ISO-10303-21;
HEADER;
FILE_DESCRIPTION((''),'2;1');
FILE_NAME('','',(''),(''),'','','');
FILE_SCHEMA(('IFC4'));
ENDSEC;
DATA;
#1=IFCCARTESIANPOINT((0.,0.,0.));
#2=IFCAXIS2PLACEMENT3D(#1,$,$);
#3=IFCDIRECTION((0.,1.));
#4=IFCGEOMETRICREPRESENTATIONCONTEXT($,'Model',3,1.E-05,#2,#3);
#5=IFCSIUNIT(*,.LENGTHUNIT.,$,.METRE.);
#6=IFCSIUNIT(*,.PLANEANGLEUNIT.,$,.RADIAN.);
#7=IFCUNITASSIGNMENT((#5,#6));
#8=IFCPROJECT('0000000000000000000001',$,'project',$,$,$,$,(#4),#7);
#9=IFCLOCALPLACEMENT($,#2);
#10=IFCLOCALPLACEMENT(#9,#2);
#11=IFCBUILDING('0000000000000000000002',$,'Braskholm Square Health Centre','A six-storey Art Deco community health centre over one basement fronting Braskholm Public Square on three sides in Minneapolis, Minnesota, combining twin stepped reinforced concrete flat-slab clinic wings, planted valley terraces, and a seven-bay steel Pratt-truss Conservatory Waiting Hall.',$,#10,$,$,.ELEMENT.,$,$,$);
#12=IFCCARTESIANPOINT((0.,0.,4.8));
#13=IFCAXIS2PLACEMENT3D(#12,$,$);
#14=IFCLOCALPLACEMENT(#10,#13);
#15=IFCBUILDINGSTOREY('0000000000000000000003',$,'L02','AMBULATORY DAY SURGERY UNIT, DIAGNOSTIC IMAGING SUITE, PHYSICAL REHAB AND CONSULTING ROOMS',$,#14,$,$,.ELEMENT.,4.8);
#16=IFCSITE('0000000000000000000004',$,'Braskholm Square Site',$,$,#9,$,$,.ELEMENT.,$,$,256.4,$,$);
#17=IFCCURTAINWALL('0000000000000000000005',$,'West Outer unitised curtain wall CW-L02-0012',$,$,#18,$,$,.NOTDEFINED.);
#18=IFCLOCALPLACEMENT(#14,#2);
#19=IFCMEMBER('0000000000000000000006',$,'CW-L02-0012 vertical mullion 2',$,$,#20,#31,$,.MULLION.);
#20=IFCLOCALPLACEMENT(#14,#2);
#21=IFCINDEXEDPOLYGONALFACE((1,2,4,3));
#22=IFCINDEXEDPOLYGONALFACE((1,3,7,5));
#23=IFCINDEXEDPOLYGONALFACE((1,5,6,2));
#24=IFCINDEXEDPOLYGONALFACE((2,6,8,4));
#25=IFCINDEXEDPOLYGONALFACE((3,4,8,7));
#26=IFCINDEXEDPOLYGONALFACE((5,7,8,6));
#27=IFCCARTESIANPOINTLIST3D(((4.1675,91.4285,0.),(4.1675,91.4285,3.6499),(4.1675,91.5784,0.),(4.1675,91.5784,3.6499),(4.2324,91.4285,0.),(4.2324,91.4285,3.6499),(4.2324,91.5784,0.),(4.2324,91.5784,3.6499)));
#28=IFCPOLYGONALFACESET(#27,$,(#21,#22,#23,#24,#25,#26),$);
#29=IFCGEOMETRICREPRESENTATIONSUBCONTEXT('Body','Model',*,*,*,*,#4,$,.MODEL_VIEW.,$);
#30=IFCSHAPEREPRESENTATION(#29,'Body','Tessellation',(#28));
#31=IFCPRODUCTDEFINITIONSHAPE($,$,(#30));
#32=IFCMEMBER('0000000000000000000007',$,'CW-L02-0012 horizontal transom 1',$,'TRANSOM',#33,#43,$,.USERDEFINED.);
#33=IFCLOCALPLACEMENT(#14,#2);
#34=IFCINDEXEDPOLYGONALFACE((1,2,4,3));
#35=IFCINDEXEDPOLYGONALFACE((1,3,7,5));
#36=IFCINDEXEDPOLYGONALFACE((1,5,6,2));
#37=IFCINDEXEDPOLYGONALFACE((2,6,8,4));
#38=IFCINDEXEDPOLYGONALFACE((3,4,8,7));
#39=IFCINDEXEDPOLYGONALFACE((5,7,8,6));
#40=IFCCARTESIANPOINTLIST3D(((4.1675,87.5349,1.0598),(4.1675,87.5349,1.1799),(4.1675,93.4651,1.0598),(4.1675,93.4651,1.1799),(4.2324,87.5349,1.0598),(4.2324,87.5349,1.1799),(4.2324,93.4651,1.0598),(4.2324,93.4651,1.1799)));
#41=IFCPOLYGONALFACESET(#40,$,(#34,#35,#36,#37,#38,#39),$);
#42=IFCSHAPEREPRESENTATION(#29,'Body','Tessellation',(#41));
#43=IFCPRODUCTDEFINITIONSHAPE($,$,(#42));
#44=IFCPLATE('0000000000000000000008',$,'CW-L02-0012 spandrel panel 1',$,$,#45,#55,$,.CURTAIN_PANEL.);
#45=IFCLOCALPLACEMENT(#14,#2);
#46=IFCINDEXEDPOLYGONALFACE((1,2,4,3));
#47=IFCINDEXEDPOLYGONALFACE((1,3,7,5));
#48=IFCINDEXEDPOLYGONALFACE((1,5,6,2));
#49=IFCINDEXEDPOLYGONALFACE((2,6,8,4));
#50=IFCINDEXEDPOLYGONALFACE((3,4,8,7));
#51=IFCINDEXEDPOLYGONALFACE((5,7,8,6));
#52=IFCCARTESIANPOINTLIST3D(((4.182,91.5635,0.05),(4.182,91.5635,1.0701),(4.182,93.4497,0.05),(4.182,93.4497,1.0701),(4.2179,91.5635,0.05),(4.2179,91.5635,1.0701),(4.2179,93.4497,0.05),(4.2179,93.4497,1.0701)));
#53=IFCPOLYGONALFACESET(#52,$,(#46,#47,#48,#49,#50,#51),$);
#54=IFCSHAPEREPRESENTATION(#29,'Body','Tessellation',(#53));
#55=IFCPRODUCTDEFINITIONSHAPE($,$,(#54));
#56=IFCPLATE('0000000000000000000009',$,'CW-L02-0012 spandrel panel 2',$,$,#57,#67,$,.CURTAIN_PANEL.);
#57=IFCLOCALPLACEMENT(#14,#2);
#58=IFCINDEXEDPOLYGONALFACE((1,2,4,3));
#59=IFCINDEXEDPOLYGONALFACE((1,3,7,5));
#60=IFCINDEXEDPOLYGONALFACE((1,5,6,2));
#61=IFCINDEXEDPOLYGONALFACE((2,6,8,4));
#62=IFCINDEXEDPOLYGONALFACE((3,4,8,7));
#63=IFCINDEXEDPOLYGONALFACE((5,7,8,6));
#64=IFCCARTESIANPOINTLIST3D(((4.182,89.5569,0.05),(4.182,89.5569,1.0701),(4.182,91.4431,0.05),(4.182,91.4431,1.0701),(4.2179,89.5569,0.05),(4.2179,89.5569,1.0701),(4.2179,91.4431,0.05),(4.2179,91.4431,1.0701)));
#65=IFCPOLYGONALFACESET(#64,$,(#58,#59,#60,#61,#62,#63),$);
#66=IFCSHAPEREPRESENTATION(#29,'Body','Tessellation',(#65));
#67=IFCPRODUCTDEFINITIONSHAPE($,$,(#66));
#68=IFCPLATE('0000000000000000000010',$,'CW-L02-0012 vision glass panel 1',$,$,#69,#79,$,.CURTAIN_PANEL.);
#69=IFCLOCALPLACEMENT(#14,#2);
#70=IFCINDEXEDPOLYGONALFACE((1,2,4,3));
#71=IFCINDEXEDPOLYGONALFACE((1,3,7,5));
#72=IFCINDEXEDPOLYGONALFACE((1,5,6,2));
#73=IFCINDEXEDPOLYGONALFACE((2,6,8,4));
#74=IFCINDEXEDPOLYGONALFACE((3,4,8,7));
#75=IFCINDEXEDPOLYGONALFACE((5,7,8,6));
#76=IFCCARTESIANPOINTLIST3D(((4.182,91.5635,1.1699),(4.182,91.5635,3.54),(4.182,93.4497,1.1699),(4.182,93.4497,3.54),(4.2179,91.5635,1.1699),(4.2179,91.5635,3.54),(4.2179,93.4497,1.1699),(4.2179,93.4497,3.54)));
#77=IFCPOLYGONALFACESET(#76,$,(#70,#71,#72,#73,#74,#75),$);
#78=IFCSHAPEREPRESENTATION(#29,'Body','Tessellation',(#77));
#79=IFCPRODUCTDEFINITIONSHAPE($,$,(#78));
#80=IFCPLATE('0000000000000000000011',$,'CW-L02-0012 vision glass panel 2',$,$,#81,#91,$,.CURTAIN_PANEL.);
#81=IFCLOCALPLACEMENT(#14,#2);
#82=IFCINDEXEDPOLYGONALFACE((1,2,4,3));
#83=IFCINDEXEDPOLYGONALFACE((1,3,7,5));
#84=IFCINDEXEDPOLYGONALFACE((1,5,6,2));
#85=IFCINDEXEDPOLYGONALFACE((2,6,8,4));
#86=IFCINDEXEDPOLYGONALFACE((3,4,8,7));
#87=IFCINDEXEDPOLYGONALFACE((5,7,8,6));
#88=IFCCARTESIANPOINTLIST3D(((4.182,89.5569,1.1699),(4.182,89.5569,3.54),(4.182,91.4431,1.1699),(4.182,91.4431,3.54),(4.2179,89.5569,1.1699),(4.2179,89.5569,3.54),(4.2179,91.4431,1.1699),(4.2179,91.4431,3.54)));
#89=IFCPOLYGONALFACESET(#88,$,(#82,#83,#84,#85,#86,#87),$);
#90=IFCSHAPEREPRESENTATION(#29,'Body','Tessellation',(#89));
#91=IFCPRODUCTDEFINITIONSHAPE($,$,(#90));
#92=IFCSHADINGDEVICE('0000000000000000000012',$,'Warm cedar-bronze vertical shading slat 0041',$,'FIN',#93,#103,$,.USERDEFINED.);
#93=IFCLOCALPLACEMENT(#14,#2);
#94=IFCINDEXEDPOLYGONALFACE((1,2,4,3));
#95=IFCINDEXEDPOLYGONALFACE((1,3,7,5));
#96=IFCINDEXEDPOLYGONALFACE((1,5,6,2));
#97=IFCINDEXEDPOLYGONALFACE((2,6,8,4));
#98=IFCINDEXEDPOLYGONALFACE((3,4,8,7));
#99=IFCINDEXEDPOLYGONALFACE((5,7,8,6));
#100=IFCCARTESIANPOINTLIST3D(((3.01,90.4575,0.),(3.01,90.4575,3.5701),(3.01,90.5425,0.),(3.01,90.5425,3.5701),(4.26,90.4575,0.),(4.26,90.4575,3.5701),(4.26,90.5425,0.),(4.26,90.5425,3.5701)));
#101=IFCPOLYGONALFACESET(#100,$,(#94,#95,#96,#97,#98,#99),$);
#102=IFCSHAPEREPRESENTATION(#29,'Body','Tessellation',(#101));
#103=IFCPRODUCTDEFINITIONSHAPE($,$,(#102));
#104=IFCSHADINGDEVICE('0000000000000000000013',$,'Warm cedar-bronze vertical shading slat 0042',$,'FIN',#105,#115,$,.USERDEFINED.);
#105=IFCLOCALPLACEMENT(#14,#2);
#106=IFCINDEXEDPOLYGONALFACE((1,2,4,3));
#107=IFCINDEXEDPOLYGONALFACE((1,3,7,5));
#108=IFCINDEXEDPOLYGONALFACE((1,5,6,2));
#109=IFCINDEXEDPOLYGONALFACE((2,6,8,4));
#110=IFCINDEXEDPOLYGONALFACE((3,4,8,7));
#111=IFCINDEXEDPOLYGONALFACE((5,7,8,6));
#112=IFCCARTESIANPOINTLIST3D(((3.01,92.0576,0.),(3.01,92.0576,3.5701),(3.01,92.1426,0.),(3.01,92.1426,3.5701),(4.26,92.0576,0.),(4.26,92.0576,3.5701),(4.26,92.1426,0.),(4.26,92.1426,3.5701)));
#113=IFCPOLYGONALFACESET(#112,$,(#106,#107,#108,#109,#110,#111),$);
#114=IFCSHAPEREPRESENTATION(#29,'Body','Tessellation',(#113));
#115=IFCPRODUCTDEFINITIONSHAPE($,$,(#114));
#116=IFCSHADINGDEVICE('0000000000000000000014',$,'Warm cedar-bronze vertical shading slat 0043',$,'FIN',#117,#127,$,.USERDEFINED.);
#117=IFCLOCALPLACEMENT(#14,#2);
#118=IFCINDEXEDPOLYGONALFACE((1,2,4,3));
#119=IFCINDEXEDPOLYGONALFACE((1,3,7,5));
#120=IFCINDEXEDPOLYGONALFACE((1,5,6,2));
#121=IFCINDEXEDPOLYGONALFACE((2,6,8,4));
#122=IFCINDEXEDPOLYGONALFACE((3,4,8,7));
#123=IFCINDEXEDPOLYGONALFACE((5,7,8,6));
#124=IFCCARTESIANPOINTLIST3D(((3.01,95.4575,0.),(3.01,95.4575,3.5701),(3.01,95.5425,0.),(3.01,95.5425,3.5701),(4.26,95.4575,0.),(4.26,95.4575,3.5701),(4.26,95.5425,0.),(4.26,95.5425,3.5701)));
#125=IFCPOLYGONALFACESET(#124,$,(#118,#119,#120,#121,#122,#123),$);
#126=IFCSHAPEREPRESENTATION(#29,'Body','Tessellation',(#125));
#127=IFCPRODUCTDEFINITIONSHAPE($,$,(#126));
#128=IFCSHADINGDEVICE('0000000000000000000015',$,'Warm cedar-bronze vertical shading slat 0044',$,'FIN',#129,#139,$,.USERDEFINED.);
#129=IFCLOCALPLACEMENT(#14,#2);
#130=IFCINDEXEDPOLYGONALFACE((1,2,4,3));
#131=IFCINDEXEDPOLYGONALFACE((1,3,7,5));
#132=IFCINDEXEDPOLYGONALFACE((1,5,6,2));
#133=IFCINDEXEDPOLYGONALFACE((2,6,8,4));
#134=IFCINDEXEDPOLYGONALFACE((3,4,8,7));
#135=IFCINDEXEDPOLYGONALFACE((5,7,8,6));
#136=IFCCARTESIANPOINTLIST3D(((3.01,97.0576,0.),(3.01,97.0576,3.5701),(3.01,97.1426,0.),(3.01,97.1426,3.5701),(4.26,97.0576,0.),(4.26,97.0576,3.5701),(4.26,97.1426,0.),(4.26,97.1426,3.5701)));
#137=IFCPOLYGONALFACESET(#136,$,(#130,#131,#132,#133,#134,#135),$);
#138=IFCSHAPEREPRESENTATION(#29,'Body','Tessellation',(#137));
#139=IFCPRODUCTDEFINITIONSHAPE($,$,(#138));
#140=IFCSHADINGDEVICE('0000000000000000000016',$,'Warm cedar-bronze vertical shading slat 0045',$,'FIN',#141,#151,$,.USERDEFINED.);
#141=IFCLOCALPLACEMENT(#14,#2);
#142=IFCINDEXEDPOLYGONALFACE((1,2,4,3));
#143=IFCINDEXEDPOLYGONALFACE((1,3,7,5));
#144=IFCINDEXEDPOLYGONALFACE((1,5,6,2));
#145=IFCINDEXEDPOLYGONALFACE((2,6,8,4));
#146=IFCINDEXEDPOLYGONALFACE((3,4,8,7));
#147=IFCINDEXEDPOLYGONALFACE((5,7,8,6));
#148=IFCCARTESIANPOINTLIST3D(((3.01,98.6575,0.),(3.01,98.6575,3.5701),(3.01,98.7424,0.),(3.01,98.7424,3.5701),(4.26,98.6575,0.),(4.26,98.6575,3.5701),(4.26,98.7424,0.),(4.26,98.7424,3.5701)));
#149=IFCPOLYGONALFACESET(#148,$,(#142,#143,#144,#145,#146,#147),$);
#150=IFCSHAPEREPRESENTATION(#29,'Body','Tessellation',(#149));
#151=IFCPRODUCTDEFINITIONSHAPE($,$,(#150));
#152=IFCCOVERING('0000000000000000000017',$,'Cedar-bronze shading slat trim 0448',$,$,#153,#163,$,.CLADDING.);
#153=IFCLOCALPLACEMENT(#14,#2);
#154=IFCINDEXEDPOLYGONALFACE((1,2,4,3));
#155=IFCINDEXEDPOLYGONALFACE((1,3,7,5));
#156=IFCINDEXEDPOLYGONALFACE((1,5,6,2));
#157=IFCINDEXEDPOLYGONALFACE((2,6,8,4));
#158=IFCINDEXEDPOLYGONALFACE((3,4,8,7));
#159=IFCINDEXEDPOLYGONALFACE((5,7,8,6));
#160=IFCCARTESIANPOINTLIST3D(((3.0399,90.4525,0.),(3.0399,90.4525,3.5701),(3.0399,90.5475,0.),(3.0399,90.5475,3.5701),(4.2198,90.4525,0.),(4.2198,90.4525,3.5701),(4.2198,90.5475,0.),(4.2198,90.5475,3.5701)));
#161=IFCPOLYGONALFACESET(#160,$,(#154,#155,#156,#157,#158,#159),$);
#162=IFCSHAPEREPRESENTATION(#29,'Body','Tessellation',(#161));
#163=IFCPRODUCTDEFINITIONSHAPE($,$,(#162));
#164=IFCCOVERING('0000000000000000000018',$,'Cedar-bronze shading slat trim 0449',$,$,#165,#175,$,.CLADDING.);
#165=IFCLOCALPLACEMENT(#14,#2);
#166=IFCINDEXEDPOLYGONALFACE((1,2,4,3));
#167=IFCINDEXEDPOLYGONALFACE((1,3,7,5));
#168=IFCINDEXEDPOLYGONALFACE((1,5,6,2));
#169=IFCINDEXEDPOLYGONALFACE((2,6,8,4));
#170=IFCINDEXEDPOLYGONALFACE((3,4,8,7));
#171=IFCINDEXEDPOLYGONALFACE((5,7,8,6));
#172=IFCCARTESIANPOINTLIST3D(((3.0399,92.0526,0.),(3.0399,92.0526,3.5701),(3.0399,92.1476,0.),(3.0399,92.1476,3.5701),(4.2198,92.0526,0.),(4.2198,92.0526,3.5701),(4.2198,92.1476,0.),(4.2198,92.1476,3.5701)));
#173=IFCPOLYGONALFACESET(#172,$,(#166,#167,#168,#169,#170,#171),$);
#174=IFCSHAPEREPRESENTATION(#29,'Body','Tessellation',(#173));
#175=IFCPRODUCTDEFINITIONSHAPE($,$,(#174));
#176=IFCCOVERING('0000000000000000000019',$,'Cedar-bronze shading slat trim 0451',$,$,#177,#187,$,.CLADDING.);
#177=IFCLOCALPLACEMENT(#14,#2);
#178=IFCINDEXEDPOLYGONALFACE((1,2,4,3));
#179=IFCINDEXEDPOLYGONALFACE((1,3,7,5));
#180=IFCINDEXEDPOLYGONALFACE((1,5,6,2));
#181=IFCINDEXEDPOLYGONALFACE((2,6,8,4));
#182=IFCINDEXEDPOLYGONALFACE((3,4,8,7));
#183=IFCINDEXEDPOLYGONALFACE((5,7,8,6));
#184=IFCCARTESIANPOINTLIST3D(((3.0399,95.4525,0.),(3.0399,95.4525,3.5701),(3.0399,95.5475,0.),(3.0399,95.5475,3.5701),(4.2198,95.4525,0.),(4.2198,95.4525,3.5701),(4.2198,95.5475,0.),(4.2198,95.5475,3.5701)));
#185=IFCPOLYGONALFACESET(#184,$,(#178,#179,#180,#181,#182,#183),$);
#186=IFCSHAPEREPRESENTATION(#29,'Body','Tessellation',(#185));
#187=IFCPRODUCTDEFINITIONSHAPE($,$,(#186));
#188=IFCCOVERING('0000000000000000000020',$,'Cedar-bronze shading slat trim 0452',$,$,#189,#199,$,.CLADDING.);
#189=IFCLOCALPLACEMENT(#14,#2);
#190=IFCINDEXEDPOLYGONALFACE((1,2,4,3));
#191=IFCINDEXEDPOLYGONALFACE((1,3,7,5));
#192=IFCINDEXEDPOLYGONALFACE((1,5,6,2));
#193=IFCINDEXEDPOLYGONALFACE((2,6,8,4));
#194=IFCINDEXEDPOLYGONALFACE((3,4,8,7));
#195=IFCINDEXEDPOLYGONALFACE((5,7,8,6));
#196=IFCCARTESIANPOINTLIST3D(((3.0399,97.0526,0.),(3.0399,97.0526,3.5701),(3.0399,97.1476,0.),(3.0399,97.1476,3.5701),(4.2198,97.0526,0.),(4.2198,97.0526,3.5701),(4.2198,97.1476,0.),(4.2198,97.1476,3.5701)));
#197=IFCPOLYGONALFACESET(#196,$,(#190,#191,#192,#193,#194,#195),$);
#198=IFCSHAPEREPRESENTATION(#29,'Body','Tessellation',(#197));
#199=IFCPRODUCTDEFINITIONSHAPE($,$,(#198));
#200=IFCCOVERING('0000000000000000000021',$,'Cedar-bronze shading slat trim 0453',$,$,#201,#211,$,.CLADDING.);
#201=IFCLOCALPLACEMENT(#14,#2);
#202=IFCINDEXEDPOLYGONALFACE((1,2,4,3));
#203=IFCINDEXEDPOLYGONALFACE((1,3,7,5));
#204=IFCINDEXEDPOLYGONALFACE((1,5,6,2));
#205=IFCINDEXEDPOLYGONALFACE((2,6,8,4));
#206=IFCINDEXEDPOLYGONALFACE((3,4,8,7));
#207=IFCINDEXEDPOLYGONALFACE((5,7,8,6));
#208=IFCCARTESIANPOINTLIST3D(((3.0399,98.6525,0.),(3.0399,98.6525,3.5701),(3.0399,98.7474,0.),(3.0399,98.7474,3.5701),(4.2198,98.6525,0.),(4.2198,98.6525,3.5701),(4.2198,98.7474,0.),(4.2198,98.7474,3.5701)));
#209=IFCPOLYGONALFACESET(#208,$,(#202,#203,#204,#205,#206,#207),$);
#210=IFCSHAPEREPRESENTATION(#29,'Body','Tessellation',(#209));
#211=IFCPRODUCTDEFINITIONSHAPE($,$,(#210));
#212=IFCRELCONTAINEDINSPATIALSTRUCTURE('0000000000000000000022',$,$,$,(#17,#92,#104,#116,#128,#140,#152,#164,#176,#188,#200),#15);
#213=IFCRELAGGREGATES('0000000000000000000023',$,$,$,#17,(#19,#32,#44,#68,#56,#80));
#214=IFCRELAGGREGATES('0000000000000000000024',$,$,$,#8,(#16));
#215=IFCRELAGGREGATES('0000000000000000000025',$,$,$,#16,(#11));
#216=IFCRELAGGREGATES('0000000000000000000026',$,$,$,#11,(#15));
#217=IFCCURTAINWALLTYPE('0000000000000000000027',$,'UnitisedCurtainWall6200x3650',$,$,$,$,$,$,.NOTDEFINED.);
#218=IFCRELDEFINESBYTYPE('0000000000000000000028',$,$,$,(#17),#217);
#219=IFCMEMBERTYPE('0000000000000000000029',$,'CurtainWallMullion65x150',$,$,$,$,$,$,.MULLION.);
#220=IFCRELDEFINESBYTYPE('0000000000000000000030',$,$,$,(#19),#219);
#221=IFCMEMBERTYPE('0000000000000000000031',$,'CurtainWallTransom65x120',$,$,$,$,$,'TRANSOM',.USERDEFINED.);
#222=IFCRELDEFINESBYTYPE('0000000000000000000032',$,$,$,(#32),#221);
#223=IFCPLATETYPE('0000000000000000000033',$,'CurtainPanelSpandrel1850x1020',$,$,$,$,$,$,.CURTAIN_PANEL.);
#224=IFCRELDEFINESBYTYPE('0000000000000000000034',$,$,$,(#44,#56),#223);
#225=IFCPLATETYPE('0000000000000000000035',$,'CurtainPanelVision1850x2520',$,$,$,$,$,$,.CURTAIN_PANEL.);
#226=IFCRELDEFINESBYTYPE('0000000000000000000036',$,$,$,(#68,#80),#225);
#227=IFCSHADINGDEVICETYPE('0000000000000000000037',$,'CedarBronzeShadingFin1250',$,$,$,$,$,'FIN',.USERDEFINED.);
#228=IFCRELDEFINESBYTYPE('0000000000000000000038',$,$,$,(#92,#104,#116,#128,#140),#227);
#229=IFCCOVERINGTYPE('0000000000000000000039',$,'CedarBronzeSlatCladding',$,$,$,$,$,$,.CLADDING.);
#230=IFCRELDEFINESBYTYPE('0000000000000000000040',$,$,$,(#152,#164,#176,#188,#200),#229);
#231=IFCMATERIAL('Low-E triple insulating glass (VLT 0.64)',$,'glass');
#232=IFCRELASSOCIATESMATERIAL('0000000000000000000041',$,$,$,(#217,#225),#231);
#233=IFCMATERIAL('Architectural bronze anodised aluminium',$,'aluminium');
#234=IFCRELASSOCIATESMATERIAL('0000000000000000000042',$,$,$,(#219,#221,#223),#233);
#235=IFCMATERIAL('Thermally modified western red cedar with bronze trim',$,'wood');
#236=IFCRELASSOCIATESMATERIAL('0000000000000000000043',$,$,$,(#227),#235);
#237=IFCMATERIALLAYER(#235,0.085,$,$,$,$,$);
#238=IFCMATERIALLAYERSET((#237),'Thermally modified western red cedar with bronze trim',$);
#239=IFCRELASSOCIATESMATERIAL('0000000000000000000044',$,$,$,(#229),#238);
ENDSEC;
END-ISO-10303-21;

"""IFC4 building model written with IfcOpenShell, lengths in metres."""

from ifc_helpers import new_model, si_unit, direction, frame, origin, origin_2d, place, context, subcontext, project, spatial, rectangle, extrude, material, layer, layer_set, material_profile, profile_set, type_object, element, aggregate, save


model = new_model("IFC4")

# Units and contexts
model_context = context("Model", 3, precision=1e-05, world=origin(), true_north=direction((0.0, 1.0)))
body_context = subcontext(model_context, "Body", "Model", "MODEL_VIEW")
ifc_project = project(units=[si_unit("LENGTHUNIT", "METRE"), si_unit("PLANEANGLEUNIT", "RADIAN")], contexts=[model_context])

# Site, building, storey
site_placement = place(None, origin())
site = spatial("IfcSite", under=ifc_project, at=site_placement, Name="Braskholm Square Site", CompositionType="ELEMENT", RefElevation=256.4)
building_placement = place(site_placement, origin())
building = spatial("IfcBuilding", under=site, at=building_placement, Name="Braskholm Square Health Centre", Description="A six-storey Art Deco community health centre over one basement fronting Braskholm Public Square on three sides in Minneapolis, Minnesota, combining twin stepped reinforced concrete flat-slab clinic wings, planted valley terraces, and a seven-bay steel Pratt-truss Conservatory Waiting Hall.", CompositionType="ELEMENT")
storey_placement = place(building_placement, frame((0.0, 0.0, 4.8)))
storey = spatial("IfcBuildingStorey", under=building, at=storey_placement, Name="L02", Description="AMBULATORY DAY SURGERY UNIT, DIAGNOSTIC IMAGING SUITE, PHYSICAL REHAB AND CONSULTING ROOMS", CompositionType="ELEMENT", Elevation=4.8)

# Curtain wall, members, plates
ifc_material_1 = material(Name="Low-E triple insulating glass (VLT 0.64)", Category="glass")
curtain_wall_type = type_object("IfcCurtainWallType", Name="UnitisedCurtainWall6200x3650", PredefinedType="NOTDEFINED", material=ifc_material_1)
curtain_wall_placement = place(storey_placement, origin())
curtain_wall = element("IfcCurtainWall", 1, at=curtain_wall_placement, inside=storey, type_object=curtain_wall_type, Name="West Outer unitised curtain wall CW-L02-0012", PredefinedType="NOTDEFINED")
ifc_material_2 = material(Name="Architectural bronze anodised aluminium", Category="aluminium")
ifc_material_profile_1 = material_profile(ifc_material_2, rectangle(XDim=0.0649, YDim=0.1499, at=origin_2d()), Name="ALU-65X150")
ifc_profile_set_1 = profile_set([ifc_material_profile_1], Name="Architectural bronze anodised aluminium")
member_type_1 = type_object("IfcMemberType", Name="CurtainWallMullion65x150", PredefinedType="MULLION", material=ifc_profile_set_1)
member_1_placement = place(storey_placement, frame((4.2, 91.5034, 0.0), z_axis=(0.0, 0.0, 1.0), x_axis=(1.0, 0.0, 0.0)))
member_1 = element("IfcMember", 2, at=member_1_placement, type_object=member_type_1, Name="CW-L02-0012 vertical mullion 2", PredefinedType="MULLION", context=body_context, shape_type="SweptSolid", body=[
    extrude(rectangle(XDim=0.0649, YDim=0.1499, at=origin_2d()), origin(), (0.0, 0.0, 1.0), 3.6499),
])
ifc_material_profile_2 = material_profile(ifc_material_2, rectangle(XDim=0.0649, YDim=0.1201, at=origin_2d()), Name="ALU-65X120")
ifc_profile_set_2 = profile_set([ifc_material_profile_2], Name="Architectural bronze anodised aluminium")
member_type_2 = type_object("IfcMemberType", Name="CurtainWallTransom65x120", ElementType="TRANSOM", PredefinedType="USERDEFINED", material=ifc_profile_set_2)
member_2_placement = place(storey_placement, frame((4.2, 93.4651, 1.1199), z_axis=(0.0, -1.0, 0.0), x_axis=(1.0, 0.0, 0.0)))
member_2 = element("IfcMember", 3, at=member_2_placement, type_object=member_type_2, Name="CW-L02-0012 horizontal transom 1", ObjectType="TRANSOM", PredefinedType="USERDEFINED", context=body_context, shape_type="SweptSolid", body=[
    extrude(rectangle(XDim=0.0649, YDim=0.1201, at=origin_2d()), origin(), (0.0, 0.0, 1.0), 5.9302),
])
plate_type_1 = type_object("IfcPlateType", Name="CurtainPanelSpandrel1850x1020", PredefinedType="CURTAIN_PANEL", material=ifc_material_2)
plate_1_placement = place(storey_placement, frame((4.2, 92.5066, 0.05), z_axis=(0.0, 0.0, 1.0), x_axis=(0.0, -1.0, 0.0)))
plate_1 = element("IfcPlate", 4, at=plate_1_placement, type_object=plate_type_1, Name="CW-L02-0012 spandrel panel 1", PredefinedType="CURTAIN_PANEL", context=body_context, shape_type="SweptSolid", body=[
    extrude(rectangle(XDim=1.8862, YDim=0.0359, at=origin_2d()), origin(), (0.0, 0.0, 1.0), 1.02),
])
plate_2_placement = place(storey_placement, frame((4.2, 90.5, 0.05), z_axis=(0.0, 0.0, 1.0), x_axis=(0.0, -1.0, 0.0)))
plate_2 = element("IfcPlate", 5, at=plate_2_placement, type_object=plate_type_1, Name="CW-L02-0012 spandrel panel 2", PredefinedType="CURTAIN_PANEL", context=body_context, shape_type="SweptSolid", body=[
    extrude(rectangle(XDim=1.8862, YDim=0.0359, at=origin_2d()), origin(), (0.0, 0.0, 1.0), 1.02),
])
plate_type_2 = type_object("IfcPlateType", Name="CurtainPanelVision1850x2520", PredefinedType="CURTAIN_PANEL", material=ifc_material_1)
plate_3_placement = place(storey_placement, frame((4.2, 92.5066, 1.1699), z_axis=(0.0, 0.0, 1.0), x_axis=(0.0, -1.0, 0.0)))
plate_3 = element("IfcPlate", 6, at=plate_3_placement, type_object=plate_type_2, Name="CW-L02-0012 vision glass panel 1", PredefinedType="CURTAIN_PANEL", context=body_context, shape_type="SweptSolid", body=[
    extrude(rectangle(XDim=1.8862, YDim=0.0359, at=origin_2d()), origin(), (0.0, 0.0, 1.0), 2.3701),
])
plate_4_placement = place(storey_placement, frame((4.2, 90.5, 1.1699), z_axis=(0.0, 0.0, 1.0), x_axis=(0.0, -1.0, 0.0)))
plate_4 = element("IfcPlate", 7, at=plate_4_placement, type_object=plate_type_2, Name="CW-L02-0012 vision glass panel 2", PredefinedType="CURTAIN_PANEL", context=body_context, shape_type="SweptSolid", body=[
    extrude(rectangle(XDim=1.8862, YDim=0.0359, at=origin_2d()), origin(), (0.0, 0.0, 1.0), 2.3701),
])
aggregate(curtain_wall, [member_1, member_2, plate_1, plate_3, plate_2, plate_4])

# Shading devices
ifc_material_3 = material(Name="Thermally modified western red cedar with bronze trim", Category="wood")
shading_device_type = type_object("IfcShadingDeviceType", Name="CedarBronzeShadingFin1250", ElementType="FIN", PredefinedType="USERDEFINED", material=ifc_material_3)
for number, where, z_axis, x_axis, name in (
    (8, (3.635, 90.5, 0.0), (0.0, 0.0, 1.0), (1.0, 0.0, 0.0), "Warm cedar-bronze vertical shading slat 0041"),
    (9, (3.635, 92.1001, 0.0), (0.0, 0.0, 1.0), (1.0, 0.0, 0.0), "Warm cedar-bronze vertical shading slat 0042"),
    (10, (3.635, 95.5, 0.0), (0.0, 0.0, 1.0), (1.0, 0.0, 0.0), "Warm cedar-bronze vertical shading slat 0043"),
    (11, (3.635, 97.1001, 0.0), (0.0, 0.0, 1.0), (1.0, 0.0, 0.0), "Warm cedar-bronze vertical shading slat 0044"),
    (12, (3.635, 98.7, 0.0), (0.0, 0.0, 1.0), (1.0, 0.0, 0.0), "Warm cedar-bronze vertical shading slat 0045"),
):
    element("IfcShadingDevice", number, at=place(storey_placement, frame(where, z_axis=z_axis, x_axis=x_axis)), inside=storey, type_object=shading_device_type, Name=name, ObjectType="FIN", PredefinedType="USERDEFINED", context=body_context, shape_type="SweptSolid", body=[
        extrude(rectangle(XDim=1.25, YDim=0.085, at=origin_2d()), origin(), (0.0, 0.0, 1.0), 3.5701),
    ])

# Coverings
ifc_layer_1 = layer(ifc_material_3, 0.085)
ifc_layer_set_1 = layer_set([ifc_layer_1], Name="Thermally modified western red cedar with bronze trim")
covering_type_1 = type_object("IfcCoveringType", Name="CedarBronzeSlatCladding", PredefinedType="CLADDING", material=ifc_layer_set_1)
for number, where, z_axis, x_axis, name in (
    (13, (3.6299, 90.5, 0.0), (0.0, 0.0, 1.0), (1.0, 0.0, 0.0), "Cedar-bronze shading slat trim 0448"),
    (14, (3.6299, 92.1001, 0.0), (0.0, 0.0, 1.0), (1.0, 0.0, 0.0), "Cedar-bronze shading slat trim 0449"),
    (15, (3.6299, 95.5, 0.0), (0.0, 0.0, 1.0), (1.0, 0.0, 0.0), "Cedar-bronze shading slat trim 0451"),
    (16, (3.6299, 97.1001, 0.0), (0.0, 0.0, 1.0), (1.0, 0.0, 0.0), "Cedar-bronze shading slat trim 0452"),
    (17, (3.6299, 98.7, 0.0), (0.0, 0.0, 1.0), (1.0, 0.0, 0.0), "Cedar-bronze shading slat trim 0453"),
):
    element("IfcCovering", number, at=place(storey_placement, frame(where, z_axis=z_axis, x_axis=x_axis)), inside=storey, type_object=covering_type_1, Name=name, PredefinedType="CLADDING", context=body_context, shape_type="SweptSolid", body=[
        extrude(rectangle(XDim=1.1799, YDim=0.095, at=origin_2d()), origin(), (0.0, 0.0, 1.0), 3.5701),
    ])

save(model, "model.ifc")
